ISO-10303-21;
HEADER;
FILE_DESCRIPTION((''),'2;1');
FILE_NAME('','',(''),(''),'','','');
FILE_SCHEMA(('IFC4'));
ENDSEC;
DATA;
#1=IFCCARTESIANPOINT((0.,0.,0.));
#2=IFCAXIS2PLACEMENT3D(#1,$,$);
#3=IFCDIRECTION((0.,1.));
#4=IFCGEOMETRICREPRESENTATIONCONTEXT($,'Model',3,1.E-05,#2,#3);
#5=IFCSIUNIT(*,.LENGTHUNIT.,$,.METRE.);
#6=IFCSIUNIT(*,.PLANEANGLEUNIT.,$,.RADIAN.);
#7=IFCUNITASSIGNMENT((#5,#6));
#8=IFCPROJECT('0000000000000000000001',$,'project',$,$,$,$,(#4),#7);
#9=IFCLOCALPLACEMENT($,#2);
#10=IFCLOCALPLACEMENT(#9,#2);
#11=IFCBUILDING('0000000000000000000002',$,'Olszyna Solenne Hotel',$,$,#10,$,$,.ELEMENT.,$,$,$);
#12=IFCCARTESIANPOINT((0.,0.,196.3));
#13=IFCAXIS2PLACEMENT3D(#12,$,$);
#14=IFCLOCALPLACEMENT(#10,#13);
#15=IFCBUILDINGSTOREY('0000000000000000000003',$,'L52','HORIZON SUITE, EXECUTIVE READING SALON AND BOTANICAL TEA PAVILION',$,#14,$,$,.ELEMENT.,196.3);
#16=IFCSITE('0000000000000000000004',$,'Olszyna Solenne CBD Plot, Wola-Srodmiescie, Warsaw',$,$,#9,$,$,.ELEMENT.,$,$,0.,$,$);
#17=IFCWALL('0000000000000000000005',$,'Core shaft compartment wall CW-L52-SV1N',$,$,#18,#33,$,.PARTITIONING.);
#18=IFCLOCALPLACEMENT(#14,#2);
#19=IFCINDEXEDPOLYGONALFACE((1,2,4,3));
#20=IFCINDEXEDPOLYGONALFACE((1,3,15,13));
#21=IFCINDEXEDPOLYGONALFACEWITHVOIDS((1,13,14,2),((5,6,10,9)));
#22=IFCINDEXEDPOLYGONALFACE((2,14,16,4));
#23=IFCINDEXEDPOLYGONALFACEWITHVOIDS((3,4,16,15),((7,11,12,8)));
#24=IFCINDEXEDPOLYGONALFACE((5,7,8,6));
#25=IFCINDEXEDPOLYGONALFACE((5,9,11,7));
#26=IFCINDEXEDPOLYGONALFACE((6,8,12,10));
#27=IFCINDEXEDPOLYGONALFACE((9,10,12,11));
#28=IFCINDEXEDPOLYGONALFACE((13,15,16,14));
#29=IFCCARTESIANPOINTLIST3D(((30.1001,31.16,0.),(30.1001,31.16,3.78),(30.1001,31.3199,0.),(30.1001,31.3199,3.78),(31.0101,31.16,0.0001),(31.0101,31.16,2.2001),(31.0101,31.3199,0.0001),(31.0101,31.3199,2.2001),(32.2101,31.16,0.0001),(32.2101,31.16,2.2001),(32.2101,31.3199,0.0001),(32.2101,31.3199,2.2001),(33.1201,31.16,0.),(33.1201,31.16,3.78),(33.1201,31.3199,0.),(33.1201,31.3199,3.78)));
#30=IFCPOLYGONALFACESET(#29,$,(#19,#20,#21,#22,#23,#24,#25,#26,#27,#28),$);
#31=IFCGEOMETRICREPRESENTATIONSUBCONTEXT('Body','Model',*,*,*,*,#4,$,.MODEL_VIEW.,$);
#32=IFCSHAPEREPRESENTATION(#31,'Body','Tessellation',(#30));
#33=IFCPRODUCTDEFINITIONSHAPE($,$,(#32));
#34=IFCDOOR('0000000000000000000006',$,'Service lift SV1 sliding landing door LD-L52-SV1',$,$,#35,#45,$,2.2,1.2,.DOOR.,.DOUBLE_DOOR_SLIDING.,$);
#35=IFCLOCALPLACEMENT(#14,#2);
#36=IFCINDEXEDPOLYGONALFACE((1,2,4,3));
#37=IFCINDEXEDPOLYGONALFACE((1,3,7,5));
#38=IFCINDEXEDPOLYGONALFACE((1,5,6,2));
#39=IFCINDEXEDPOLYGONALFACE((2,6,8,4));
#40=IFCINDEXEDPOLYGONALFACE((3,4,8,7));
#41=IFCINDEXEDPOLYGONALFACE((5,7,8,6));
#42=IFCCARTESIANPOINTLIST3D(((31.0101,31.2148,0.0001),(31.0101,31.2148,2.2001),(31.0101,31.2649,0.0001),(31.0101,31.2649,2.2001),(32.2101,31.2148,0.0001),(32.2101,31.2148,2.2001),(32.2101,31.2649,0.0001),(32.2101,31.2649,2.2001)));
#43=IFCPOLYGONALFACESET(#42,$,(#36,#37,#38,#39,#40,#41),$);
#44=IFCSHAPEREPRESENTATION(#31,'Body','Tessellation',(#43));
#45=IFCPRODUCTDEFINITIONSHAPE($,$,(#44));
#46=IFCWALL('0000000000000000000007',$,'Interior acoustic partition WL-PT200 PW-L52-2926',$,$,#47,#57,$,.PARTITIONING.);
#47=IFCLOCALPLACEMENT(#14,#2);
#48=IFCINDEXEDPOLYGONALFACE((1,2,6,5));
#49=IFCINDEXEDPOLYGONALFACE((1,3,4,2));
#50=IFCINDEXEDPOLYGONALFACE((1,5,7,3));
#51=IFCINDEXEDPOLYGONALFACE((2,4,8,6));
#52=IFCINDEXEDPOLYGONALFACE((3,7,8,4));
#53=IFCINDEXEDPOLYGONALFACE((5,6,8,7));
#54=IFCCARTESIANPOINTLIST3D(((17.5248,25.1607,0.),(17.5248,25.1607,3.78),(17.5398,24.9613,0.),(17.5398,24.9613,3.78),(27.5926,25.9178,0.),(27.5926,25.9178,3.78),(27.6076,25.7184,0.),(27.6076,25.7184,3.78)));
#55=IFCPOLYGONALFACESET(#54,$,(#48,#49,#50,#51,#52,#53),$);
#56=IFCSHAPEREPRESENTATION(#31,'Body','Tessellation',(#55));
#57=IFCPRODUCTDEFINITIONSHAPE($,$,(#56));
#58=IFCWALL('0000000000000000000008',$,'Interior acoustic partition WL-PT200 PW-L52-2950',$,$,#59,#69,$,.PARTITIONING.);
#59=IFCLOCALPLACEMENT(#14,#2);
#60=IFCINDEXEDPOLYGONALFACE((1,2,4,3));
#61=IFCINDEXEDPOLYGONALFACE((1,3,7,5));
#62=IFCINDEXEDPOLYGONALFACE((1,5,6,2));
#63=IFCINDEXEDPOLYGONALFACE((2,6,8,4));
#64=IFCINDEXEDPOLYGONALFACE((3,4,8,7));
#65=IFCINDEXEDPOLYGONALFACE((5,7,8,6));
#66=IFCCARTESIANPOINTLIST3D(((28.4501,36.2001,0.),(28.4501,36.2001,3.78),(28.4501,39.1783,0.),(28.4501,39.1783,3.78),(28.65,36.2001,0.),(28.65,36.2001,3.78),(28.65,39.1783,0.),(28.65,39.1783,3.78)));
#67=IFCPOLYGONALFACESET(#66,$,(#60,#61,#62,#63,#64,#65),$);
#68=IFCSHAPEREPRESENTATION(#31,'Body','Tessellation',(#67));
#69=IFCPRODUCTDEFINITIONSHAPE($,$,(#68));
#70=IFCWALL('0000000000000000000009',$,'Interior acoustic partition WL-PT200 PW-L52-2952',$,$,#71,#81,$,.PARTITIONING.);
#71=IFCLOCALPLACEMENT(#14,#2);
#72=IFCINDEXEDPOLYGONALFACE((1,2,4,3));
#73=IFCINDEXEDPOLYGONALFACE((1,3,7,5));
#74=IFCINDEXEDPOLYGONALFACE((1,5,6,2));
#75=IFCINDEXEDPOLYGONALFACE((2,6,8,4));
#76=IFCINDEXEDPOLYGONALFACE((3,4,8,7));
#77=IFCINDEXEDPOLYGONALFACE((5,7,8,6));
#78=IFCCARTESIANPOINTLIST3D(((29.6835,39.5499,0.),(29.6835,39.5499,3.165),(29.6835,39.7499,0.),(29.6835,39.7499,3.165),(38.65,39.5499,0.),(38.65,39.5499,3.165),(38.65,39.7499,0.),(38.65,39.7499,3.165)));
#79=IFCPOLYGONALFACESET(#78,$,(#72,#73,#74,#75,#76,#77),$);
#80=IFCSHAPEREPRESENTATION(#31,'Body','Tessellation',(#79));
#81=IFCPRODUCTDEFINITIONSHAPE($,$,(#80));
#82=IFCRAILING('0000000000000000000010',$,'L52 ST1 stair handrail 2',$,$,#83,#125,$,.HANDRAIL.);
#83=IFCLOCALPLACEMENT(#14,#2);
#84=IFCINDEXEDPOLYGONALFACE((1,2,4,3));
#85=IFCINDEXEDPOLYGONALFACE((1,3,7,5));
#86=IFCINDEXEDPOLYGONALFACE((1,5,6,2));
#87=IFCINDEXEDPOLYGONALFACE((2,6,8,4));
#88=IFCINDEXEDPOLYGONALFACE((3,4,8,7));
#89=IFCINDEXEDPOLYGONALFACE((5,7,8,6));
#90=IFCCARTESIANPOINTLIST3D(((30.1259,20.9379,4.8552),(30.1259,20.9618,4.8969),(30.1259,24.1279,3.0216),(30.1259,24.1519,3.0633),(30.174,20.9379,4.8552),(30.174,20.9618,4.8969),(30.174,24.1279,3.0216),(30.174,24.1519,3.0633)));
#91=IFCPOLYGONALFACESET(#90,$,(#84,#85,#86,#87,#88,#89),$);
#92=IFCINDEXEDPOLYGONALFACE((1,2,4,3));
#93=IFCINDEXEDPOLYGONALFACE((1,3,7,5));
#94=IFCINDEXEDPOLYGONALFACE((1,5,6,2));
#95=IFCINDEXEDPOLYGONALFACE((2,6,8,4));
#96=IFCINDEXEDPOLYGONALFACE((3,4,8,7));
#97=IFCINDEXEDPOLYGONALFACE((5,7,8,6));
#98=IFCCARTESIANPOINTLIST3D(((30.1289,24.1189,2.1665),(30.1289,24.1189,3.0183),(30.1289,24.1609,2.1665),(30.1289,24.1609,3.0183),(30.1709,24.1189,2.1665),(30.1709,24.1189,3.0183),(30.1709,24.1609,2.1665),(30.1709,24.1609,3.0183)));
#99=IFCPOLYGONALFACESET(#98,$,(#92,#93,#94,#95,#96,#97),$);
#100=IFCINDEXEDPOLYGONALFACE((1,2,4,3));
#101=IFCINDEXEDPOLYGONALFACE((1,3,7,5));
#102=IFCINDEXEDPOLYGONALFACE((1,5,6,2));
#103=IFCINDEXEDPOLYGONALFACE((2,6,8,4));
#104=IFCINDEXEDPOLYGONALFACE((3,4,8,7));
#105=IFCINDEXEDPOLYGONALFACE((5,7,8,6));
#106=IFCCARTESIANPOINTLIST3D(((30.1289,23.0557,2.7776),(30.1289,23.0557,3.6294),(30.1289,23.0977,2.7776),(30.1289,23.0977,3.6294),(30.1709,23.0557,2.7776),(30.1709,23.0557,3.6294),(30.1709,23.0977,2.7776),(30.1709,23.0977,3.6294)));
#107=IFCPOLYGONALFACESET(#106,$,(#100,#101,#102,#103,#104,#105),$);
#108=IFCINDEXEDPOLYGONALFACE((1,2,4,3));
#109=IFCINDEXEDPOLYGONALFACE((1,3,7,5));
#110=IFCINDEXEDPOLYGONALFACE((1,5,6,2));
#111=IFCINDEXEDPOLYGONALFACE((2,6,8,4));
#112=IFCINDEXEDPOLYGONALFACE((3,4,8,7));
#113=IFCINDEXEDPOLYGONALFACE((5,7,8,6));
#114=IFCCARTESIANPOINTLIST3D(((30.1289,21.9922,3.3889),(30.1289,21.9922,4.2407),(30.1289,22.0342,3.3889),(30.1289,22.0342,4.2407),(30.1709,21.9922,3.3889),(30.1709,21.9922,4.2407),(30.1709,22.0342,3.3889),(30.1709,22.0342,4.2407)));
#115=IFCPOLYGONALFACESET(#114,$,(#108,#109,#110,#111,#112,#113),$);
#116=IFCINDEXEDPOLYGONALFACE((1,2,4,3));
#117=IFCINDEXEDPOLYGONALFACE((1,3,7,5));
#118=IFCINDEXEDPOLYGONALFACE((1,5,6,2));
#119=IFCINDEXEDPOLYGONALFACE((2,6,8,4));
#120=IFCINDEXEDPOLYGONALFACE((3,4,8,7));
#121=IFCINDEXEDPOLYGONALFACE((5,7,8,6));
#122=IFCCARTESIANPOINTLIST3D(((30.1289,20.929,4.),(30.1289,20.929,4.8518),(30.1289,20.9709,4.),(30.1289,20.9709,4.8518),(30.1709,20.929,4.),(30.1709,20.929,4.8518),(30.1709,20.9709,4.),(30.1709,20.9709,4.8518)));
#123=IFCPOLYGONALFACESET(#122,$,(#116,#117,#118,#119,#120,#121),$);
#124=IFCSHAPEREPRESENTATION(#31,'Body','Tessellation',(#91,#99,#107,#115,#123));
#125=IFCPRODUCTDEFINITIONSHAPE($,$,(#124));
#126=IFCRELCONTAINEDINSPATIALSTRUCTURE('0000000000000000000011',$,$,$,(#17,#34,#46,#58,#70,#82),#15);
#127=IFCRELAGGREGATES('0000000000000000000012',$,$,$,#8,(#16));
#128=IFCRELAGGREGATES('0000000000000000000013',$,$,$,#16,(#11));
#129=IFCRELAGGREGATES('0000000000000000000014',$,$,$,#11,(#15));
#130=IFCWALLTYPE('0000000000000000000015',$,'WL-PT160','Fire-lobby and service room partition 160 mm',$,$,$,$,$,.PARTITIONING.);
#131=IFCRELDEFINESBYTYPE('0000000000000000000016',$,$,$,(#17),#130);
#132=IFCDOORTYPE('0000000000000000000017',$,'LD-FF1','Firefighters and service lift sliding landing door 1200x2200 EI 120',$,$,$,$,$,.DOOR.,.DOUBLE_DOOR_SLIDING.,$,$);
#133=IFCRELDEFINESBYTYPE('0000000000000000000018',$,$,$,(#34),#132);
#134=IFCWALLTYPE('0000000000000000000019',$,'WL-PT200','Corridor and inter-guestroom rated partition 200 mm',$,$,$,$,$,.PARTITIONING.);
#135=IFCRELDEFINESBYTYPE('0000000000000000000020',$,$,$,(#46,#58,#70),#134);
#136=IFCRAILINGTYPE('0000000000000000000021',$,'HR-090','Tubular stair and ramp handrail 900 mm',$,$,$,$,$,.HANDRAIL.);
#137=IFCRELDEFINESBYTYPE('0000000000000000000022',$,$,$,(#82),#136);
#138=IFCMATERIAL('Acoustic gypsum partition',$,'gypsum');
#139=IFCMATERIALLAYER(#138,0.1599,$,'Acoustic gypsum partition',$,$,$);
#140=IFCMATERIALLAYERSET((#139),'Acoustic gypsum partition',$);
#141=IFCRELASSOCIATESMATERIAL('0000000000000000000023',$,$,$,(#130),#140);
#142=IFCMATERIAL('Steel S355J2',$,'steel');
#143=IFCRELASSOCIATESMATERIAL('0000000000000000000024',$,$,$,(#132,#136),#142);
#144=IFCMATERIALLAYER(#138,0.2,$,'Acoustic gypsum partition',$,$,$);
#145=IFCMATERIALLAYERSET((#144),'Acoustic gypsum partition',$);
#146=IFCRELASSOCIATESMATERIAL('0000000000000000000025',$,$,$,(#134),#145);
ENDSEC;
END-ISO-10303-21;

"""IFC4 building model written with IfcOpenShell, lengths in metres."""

from ifc_helpers import new_model, si_unit, direction, frame, frame_2d, origin, origin_2d, place, context, subcontext, project, spatial, rectangle, extrude, source, transform, mapped, material, layer, layer_set, type_object, type_shapes, element, fill, save


model = new_model("IFC4")

# Units and contexts
model_context = context("Model", 3, precision=1e-05, world=origin(), true_north=direction((0.0, 1.0)))
body_context = subcontext(model_context, "Body", "Model", "MODEL_VIEW")
ifc_project = project(units=[si_unit("LENGTHUNIT", "METRE"), si_unit("PLANEANGLEUNIT", "RADIAN")], contexts=[model_context])

# Site, building, storey
site_placement = place(None, origin())
site = spatial("IfcSite", under=ifc_project, at=site_placement, Name="Olszyna Solenne CBD Plot, Wola-Srodmiescie, Warsaw", CompositionType="ELEMENT", RefElevation=0.0)
building_placement = place(site_placement, origin())
building = spatial("IfcBuilding", under=site, at=building_placement, Name="Olszyna Solenne Hotel", CompositionType="ELEMENT")
storey_placement = place(building_placement, frame((0.0, 0.0, 196.3)))
storey = spatial("IfcBuildingStorey", under=building, at=storey_placement, Name="L52", Description="HORIZON SUITE, EXECUTIVE READING SALON AND BOTANICAL TEA PAVILION", CompositionType="ELEMENT", Elevation=196.3)

# Shared definitions
ifc_material_1 = material(Name="Steel S355J2", Category="steel")

# Shared definitions
ifc_material_2 = material(Name="Acoustic gypsum partition", Category="gypsum")
ifc_layer_1 = layer(ifc_material_2, 0.1599, Name="Acoustic gypsum partition")
ifc_layer_set_1 = layer_set([ifc_layer_1], Name="Acoustic gypsum partition")
wall_type_1 = type_object("IfcWallType", Name="WL-PT160", Description="Fire-lobby and service room partition 160 mm", PredefinedType="PARTITIONING", material=ifc_layer_set_1)

# Wall, opening, door
wall_1_placement = place(storey_placement, frame((30.1001, 31.24, 0.0), z_axis=(0.0, 0.0, 1.0), x_axis=(1.0, 0.0, 0.0)))
wall_1 = element("IfcWall", 1, at=wall_1_placement, inside=storey, type_object=wall_type_1, Name="Core shaft compartment wall CW-L52-SV1N", PredefinedType="PARTITIONING", context=body_context, shape_type="SweptSolid", body=[
    extrude(rectangle(XDim=3.02, YDim=0.1599, at=frame_2d((1.51, 0.0))), origin(), (0.0, 0.0, 1.0), 3.78),
])
opening_1_placement = place(wall_1_placement, frame((0.9099, 0.0, 0.0)))
opening_1 = element("IfcOpeningElement", 2, at=opening_1_placement, cuts=wall_1, PredefinedType="OPENING", context=body_context, shape_type="SweptSolid", body=[
    extrude(rectangle(XDim=1.2, YDim=2.2, at=frame_2d((0.6001, 1.1001))), frame((0.0, 0.0898, 0.0), z_axis=(0.0, -1.0, 0.0), x_axis=(1.0, 0.0, 0.0)), (0.0, 0.0, 1.0), 0.1799),
])
door_type_1 = type_object("IfcDoorType", Name="LD-FF1", Description="Firefighters and service lift sliding landing door 1200x2200 EI 120", OperationType="DOUBLE_DOOR_SLIDING", PredefinedType="DOOR", material=ifc_material_1)
shared_shape_1 = source(origin(), body_context, "Body", "SweptSolid", [
    extrude(rectangle(XDim=1.2, YDim=2.2, at=frame_2d((0.6001, 1.1001))), frame((0.0, 0.0249, 0.0), z_axis=(0.0, -1.0, 0.0), x_axis=(1.0, 0.0, 0.0)), (0.0, 0.0, 1.0), 0.05),
])
type_shapes(door_type_1, [shared_shape_1])
door_1_placement = place(opening_1_placement, origin())
door_1 = element("IfcDoor", 3, at=door_1_placement, inside=storey, type_object=door_type_1, Name="Service lift SV1 sliding landing door LD-L52-SV1", OperationType="DOUBLE_DOOR_SLIDING", OverallHeight=2.2, OverallWidth=1.2, PredefinedType="DOOR", context=body_context, shape_type="MappedRepresentation", body=[
    mapped(shared_shape_1, transform((0.0, 0.0, 0.0), x_axis=(1.0, 0.0, 0.0), y_axis=(0.0, 1.0, 0.0), z_axis=(0.0, 0.0, 1.0), scale=1.0)),
])
fill(opening_1, door_1)

# Walls
ifc_layer_2 = layer(ifc_material_2, 0.2, Name="Acoustic gypsum partition")
ifc_layer_set_2 = layer_set([ifc_layer_2], Name="Acoustic gypsum partition")
wall_type_2 = type_object("IfcWallType", Name="WL-PT200", Description="Corridor and inter-guestroom rated partition 200 mm", PredefinedType="PARTITIONING", material=ifc_layer_set_2)
wall_2_placement = place(storey_placement, frame((27.6001, 25.8181, 0.0), z_axis=(0.0, 0.0, 1.0), x_axis=(-0.997185, -0.074986, 0.0)))
element("IfcWall", 4, at=wall_2_placement, inside=storey, type_object=wall_type_2, Name="Interior acoustic partition WL-PT200 PW-L52-2926", PredefinedType="PARTITIONING", context=body_context, shape_type="SweptSolid", body=[
    extrude(rectangle(XDim=10.0962, YDim=0.2, at=frame_2d((5.0481, 0.0))), origin(), (0.0, 0.0, 1.0), 3.78),
])
wall_3_placement = place(storey_placement, frame((28.55, 36.2, 0.0), z_axis=(0.0, 0.0, 1.0), x_axis=(0.0, 1.0, 0.0)))
element("IfcWall", 5, at=wall_3_placement, inside=storey, type_object=wall_type_2, Name="Interior acoustic partition WL-PT200 PW-L52-2950", PredefinedType="PARTITIONING", context=body_context, shape_type="SweptSolid", body=[
    extrude(rectangle(XDim=2.9783, YDim=0.2, at=frame_2d((1.4893, 0.0))), origin(), (0.0, 0.0, 1.0), 3.78),
])
wall_4_placement = place(storey_placement, frame((29.6833, 39.6499, 0.0), z_axis=(0.0, 0.0, 1.0), x_axis=(1.0, 0.0, 0.0)))
element("IfcWall", 6, at=wall_4_placement, inside=storey, type_object=wall_type_2, Name="Interior acoustic partition WL-PT200 PW-L52-2952", PredefinedType="PARTITIONING", context=body_context, shape_type="SweptSolid", body=[
    extrude(rectangle(XDim=8.9666, YDim=0.2, at=frame_2d((4.4834, 0.0))), origin(), (0.0, 0.0, 1.0), 3.165),
])

# Railing
railing_type = type_object("IfcRailingType", Name="HR-090", Description="Tubular stair and ramp handrail 900 mm", PredefinedType="HANDRAIL", material=ifc_material_1)
railing_placement = place(storey_placement, frame((30.1499, 24.1399, 2.1665)))
element("IfcRailing", 7, at=railing_placement, inside=storey, type_object=railing_type, Name="L52 ST1 stair handrail 2", PredefinedType="HANDRAIL", context=body_context, shape_type="SweptSolid", body=[
    extrude(rectangle(XDim=0.0481, YDim=0.0481, at=origin_2d()), frame((0.0, 0.0, 0.876), z_axis=(0.0, -0.866991, 0.498324), x_axis=(1.0, 0.0, 0.0)), (0.0, 0.0, 1.0), 3.6794),
    extrude(rectangle(XDim=0.042, YDim=0.042, at=origin_2d()), origin(), (0.0, 0.0, 1.0), 0.8518),
    extrude(rectangle(XDim=0.042, YDim=0.042, at=origin_2d()), frame((0.0, -1.0632, 0.6111)), (0.0, 0.0, 1.0), 0.8518),
    extrude(rectangle(XDim=0.042, YDim=0.042, at=origin_2d()), frame((0.0, -2.1267, 1.2224)), (0.0, 0.0, 1.0), 0.8518),
    extrude(rectangle(XDim=0.042, YDim=0.042, at=origin_2d()), frame((0.0, -3.1899, 1.8335)), (0.0, 0.0, 1.0), 0.8518),
])

save(model, "model.ifc")
